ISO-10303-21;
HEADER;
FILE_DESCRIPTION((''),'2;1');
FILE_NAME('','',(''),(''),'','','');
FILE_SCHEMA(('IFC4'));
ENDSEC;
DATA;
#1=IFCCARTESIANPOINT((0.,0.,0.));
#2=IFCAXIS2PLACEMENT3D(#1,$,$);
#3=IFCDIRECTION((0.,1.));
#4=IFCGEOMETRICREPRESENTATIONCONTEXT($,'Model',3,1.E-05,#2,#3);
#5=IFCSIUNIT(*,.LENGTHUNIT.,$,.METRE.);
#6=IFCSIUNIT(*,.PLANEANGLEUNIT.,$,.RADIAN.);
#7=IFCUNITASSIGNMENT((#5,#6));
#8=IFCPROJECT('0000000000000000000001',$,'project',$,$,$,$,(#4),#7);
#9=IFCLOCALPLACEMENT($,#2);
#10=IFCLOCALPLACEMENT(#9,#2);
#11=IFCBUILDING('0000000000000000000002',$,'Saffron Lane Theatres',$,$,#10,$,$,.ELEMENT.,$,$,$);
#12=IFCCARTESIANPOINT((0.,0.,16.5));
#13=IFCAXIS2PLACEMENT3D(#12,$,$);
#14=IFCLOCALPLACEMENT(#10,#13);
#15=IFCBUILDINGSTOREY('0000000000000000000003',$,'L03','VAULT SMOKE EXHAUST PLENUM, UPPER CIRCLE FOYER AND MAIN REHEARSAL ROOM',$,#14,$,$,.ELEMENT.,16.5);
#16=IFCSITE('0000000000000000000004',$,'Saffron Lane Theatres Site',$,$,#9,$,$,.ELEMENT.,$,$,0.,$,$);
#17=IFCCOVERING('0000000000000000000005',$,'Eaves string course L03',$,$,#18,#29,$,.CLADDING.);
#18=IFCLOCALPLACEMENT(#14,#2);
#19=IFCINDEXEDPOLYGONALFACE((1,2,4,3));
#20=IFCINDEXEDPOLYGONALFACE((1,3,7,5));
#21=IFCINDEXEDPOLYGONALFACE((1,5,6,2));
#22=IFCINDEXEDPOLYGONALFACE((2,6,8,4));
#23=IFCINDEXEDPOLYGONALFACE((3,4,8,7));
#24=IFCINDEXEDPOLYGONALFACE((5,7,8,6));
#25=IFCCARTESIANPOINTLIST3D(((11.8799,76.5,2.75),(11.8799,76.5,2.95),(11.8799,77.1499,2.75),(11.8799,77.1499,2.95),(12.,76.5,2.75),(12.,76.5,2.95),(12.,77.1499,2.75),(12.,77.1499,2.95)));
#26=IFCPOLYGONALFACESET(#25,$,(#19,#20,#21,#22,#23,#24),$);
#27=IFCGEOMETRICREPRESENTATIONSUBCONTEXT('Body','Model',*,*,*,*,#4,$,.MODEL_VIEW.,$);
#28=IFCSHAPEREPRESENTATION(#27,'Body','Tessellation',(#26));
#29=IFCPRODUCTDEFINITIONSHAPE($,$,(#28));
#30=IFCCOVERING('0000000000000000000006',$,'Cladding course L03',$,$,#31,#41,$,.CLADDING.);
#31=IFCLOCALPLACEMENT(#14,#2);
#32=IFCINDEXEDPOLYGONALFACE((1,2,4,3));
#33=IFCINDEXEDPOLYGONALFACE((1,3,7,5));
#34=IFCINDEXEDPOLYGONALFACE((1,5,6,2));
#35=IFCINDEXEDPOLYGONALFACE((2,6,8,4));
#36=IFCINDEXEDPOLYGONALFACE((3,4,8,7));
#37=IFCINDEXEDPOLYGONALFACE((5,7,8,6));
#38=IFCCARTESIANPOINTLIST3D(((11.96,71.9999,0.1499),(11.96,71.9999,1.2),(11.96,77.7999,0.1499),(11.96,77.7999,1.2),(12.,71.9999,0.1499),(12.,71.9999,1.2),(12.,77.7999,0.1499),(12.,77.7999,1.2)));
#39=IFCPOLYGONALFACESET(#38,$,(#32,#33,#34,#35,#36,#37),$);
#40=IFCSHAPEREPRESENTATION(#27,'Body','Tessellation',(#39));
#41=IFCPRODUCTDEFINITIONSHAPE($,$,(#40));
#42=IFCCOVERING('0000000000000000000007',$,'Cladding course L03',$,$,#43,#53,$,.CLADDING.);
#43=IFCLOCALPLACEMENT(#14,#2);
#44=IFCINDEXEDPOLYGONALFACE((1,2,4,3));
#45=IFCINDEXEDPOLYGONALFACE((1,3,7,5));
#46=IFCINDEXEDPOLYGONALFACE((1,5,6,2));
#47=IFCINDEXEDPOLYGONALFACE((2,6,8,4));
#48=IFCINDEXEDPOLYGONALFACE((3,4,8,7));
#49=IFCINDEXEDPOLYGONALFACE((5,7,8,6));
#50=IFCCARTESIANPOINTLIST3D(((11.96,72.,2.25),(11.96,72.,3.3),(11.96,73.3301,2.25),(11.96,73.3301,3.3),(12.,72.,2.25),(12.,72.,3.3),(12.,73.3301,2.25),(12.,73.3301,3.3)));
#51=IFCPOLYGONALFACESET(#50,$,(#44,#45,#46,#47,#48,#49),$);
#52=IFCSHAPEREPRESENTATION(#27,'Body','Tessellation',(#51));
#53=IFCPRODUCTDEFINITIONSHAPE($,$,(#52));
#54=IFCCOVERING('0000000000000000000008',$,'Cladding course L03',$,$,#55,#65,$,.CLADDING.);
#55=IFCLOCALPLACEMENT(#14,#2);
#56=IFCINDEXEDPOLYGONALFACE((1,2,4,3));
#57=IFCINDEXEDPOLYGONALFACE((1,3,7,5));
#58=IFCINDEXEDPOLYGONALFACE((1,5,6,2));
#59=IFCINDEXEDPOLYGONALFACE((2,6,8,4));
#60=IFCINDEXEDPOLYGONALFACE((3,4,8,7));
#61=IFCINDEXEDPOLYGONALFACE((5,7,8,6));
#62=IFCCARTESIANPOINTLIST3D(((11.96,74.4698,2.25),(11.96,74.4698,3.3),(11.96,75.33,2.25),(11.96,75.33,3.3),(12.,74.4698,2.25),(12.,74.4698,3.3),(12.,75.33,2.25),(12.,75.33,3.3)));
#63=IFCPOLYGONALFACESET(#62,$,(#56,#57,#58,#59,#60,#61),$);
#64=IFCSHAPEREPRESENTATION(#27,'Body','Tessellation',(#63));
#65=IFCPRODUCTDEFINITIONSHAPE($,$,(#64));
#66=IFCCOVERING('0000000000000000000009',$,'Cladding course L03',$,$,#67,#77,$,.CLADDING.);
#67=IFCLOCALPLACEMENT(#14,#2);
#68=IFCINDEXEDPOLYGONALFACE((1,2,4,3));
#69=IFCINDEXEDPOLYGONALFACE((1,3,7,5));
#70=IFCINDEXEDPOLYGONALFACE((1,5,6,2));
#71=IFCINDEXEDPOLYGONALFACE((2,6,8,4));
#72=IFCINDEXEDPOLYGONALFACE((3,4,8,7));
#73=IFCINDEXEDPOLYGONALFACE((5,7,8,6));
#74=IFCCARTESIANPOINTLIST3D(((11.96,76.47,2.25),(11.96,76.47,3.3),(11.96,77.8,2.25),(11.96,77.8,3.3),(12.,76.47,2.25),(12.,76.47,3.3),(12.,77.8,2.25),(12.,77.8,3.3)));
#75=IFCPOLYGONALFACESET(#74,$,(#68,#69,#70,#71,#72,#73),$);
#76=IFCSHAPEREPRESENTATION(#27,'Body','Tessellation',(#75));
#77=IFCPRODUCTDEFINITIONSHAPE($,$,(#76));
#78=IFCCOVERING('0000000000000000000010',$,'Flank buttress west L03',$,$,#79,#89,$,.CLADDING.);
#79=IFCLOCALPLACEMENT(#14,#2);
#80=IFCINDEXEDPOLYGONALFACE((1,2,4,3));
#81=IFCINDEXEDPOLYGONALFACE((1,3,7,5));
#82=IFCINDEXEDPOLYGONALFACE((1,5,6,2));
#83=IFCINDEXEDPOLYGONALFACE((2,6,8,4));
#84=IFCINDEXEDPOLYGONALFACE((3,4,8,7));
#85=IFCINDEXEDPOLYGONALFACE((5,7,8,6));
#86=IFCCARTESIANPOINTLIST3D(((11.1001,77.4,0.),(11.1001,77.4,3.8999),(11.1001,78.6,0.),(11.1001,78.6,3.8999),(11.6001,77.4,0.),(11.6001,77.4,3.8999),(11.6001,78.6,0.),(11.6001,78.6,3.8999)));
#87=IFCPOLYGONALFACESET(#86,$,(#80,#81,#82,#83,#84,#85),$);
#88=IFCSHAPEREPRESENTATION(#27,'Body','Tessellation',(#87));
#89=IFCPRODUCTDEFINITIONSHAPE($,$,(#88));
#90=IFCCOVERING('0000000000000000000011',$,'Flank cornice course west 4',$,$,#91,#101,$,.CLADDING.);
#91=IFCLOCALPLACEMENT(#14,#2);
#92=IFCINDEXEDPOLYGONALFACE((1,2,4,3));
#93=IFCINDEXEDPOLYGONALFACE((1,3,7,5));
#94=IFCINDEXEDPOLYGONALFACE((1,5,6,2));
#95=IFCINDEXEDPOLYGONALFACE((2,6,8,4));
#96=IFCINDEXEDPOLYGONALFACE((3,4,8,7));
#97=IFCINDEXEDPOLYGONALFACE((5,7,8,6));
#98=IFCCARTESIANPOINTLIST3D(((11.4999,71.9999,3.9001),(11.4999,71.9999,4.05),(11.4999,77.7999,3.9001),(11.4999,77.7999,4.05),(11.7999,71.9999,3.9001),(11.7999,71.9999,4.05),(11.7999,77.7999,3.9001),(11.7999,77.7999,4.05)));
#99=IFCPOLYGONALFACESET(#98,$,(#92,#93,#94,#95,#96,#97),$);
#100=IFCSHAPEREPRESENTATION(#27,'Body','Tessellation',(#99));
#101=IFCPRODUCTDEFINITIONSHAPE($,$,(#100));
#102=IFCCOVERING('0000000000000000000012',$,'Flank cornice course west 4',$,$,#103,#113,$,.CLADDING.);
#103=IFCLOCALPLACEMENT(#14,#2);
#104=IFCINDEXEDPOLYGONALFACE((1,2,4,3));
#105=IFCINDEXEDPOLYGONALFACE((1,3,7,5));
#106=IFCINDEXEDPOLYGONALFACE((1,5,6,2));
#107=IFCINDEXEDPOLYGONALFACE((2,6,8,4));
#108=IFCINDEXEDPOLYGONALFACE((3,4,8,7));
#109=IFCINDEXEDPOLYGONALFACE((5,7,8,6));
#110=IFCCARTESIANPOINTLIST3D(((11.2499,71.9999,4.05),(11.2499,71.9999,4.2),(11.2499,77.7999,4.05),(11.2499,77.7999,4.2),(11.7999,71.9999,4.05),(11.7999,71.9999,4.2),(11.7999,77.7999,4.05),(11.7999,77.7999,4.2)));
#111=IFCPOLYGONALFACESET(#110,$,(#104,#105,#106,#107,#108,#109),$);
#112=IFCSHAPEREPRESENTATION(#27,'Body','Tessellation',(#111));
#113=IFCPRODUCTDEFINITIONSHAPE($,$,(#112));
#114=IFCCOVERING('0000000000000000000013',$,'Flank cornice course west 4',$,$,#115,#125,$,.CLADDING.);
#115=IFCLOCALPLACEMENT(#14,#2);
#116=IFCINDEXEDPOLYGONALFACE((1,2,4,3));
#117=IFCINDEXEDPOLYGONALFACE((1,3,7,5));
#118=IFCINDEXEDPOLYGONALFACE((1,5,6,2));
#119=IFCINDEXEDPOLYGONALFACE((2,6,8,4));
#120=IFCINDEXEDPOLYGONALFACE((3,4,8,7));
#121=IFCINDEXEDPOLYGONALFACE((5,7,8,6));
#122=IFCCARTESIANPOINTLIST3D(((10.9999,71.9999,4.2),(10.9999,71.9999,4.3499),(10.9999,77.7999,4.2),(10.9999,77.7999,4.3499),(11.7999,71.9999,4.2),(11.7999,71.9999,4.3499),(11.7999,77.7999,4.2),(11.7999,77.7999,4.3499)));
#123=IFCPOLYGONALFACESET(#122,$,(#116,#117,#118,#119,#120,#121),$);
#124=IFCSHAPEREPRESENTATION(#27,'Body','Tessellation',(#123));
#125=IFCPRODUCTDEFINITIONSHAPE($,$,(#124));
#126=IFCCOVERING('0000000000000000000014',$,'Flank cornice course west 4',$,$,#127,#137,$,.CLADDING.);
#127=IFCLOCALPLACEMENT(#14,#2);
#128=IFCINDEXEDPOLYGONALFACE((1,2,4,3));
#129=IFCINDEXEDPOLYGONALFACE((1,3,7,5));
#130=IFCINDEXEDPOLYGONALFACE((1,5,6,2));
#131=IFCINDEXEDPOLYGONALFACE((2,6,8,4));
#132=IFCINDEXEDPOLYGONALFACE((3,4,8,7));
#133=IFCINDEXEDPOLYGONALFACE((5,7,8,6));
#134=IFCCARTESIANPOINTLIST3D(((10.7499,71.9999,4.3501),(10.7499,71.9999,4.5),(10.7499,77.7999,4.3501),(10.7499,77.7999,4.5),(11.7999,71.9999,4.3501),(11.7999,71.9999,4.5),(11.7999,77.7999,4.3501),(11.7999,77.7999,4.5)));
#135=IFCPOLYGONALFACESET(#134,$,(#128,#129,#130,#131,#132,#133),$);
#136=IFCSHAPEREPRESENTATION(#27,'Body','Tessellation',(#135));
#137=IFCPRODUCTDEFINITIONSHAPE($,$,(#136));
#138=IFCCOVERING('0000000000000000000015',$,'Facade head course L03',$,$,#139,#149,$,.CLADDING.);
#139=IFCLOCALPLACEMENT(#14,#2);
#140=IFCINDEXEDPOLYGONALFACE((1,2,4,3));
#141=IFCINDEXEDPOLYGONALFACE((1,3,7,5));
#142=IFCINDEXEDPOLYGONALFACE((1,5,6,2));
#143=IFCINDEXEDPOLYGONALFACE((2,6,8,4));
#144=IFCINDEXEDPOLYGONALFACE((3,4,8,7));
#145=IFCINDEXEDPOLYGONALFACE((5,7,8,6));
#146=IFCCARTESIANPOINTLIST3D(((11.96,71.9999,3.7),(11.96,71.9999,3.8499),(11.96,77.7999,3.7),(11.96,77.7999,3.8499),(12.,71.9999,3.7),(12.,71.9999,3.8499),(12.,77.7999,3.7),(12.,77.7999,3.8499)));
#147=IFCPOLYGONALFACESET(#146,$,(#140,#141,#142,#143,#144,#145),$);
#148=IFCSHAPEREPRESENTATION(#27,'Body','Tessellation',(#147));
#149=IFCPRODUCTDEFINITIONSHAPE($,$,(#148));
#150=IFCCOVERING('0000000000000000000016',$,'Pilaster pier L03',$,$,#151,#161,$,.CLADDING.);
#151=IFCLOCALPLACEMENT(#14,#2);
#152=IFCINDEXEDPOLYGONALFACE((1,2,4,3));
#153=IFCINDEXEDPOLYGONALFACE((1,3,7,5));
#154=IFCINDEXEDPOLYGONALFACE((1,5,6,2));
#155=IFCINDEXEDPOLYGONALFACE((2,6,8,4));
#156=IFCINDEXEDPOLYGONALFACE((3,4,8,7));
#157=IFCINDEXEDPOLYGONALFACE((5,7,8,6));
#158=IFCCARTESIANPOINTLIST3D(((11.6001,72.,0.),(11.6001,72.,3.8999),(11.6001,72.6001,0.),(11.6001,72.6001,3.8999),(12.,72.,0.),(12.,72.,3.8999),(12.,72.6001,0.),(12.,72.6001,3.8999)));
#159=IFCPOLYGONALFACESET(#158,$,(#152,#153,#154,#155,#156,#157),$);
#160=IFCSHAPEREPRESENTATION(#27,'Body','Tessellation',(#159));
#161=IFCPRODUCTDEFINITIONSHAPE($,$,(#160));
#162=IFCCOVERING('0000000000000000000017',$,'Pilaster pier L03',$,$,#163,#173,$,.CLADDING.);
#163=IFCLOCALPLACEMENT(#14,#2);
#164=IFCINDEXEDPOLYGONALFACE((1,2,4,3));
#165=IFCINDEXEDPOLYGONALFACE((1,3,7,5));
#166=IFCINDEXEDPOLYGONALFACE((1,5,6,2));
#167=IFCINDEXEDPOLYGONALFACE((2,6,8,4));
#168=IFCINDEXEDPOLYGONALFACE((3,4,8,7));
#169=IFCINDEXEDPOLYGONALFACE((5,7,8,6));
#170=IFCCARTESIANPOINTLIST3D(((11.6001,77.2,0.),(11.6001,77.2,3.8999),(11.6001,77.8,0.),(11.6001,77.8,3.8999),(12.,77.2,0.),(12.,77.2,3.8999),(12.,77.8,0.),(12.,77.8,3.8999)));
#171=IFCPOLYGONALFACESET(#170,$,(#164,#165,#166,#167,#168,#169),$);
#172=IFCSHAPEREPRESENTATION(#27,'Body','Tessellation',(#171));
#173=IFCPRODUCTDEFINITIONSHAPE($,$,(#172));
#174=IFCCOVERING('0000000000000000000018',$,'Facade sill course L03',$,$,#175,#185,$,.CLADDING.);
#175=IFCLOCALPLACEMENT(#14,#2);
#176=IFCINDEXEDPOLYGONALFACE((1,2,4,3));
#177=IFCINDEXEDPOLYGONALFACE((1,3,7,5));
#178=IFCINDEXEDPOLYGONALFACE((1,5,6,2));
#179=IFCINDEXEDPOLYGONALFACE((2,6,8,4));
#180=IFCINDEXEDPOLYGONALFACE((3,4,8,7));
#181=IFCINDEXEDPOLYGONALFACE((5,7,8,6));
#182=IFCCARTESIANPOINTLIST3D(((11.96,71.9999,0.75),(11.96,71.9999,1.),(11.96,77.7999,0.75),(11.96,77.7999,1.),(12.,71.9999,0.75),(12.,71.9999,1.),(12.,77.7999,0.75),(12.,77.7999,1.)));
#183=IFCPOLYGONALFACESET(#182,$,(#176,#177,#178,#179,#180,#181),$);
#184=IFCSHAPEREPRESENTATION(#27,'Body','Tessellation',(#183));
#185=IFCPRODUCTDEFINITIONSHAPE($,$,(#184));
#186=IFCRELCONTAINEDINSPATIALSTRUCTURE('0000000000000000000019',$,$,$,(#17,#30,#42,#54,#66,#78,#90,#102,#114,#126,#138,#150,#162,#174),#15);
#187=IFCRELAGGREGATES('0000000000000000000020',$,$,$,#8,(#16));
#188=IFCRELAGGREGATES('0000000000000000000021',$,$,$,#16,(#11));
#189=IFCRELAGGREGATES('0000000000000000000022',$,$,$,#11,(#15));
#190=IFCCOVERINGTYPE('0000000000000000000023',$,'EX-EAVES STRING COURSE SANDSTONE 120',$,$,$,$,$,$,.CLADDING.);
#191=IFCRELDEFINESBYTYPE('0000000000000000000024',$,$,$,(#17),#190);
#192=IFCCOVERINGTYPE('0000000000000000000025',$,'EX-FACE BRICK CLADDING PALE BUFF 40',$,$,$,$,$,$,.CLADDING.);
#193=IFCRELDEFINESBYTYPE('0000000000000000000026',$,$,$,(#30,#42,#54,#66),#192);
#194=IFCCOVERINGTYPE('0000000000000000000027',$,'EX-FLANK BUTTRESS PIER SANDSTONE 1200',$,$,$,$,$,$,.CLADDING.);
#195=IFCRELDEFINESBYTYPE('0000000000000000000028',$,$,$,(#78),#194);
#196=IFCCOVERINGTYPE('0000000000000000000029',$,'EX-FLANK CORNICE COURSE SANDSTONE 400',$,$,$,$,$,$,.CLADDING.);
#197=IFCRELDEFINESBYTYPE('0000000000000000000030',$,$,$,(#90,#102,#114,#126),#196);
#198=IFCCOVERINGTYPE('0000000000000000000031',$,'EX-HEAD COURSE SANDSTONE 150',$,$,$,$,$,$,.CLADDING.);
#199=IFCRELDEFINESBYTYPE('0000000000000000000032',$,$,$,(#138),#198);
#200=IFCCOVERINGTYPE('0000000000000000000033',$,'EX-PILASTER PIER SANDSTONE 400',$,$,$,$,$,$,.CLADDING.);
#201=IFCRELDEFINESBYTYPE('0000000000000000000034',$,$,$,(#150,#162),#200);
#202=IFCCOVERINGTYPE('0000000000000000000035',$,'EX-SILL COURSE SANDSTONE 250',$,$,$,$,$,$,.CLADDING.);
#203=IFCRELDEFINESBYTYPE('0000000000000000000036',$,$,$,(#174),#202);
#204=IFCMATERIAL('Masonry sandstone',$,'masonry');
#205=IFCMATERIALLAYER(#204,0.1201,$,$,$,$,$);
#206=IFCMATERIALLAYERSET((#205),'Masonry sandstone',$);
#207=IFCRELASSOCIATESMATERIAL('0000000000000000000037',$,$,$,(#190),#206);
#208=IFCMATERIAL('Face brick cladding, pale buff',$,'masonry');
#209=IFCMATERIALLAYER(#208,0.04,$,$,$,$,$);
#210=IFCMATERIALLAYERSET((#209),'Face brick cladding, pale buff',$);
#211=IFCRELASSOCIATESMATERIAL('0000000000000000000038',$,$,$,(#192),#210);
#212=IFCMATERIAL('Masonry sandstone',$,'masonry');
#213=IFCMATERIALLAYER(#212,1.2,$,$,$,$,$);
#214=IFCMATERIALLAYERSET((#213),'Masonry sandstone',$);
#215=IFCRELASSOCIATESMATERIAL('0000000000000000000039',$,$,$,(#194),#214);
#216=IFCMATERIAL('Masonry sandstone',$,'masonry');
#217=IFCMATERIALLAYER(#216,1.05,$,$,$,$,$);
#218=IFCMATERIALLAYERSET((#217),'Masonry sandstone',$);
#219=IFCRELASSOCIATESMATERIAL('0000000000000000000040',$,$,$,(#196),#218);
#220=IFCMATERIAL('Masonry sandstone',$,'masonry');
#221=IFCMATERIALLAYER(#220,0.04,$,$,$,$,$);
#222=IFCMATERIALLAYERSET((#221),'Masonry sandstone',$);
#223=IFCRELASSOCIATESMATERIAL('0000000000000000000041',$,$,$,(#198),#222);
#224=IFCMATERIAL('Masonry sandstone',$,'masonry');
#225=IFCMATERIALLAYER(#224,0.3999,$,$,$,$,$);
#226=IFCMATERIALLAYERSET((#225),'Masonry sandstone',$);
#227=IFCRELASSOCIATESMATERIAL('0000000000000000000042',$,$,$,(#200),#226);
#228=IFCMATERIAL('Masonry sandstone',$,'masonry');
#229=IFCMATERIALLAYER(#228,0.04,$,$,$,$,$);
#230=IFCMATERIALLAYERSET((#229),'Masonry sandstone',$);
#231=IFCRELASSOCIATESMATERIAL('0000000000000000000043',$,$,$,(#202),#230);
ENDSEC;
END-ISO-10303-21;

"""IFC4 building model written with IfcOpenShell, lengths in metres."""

from ifc_helpers import new_model, si_unit, direction, frame, origin, origin_2d, place, context, subcontext, project, spatial, rectangle, extrude, material, layer, layer_set, type_object, element, save


model = new_model("IFC4")

# Units and contexts
model_context = context("Model", 3, precision=1e-05, world=origin(), true_north=direction((0.0, 1.0)))
body_context = subcontext(model_context, "Body", "Model", "MODEL_VIEW")
ifc_project = project(units=[si_unit("LENGTHUNIT", "METRE"), si_unit("PLANEANGLEUNIT", "RADIAN")], contexts=[model_context])

# Site, building, storey
site_placement = place(None, origin())
site = spatial("IfcSite", under=ifc_project, at=site_placement, Name="Saffron Lane Theatres Site", CompositionType="ELEMENT", RefElevation=0.0)
building_placement = place(site_placement, origin())
building = spatial("IfcBuilding", under=site, at=building_placement, Name="Saffron Lane Theatres", CompositionType="ELEMENT")
storey_placement = place(building_placement, frame((0.0, 0.0, 16.5)))
storey = spatial("IfcBuildingStorey", under=building, at=storey_placement, Name="L03", Description="VAULT SMOKE EXHAUST PLENUM, UPPER CIRCLE FOYER AND MAIN REHEARSAL ROOM", CompositionType="ELEMENT", Elevation=16.5)

# Coverings
ifc_material_1 = material(Name="Masonry sandstone", Category="masonry")
ifc_layer_1 = layer(ifc_material_1, 0.1201)
ifc_layer_set_1 = layer_set([ifc_layer_1], Name="Masonry sandstone")
covering_type_1 = type_object("IfcCoveringType", Name="EX-EAVES STRING COURSE SANDSTONE 120", PredefinedType="CLADDING", material=ifc_layer_set_1)
covering_1_placement = place(storey_placement, frame((11.9399, 76.825, 2.75), z_axis=(0.0, 0.0, 1.0), x_axis=(0.0, 1.0, 0.0)))
element("IfcCovering", 1, at=covering_1_placement, inside=storey, type_object=covering_type_1, Name="Eaves string course L03", PredefinedType="CLADDING", context=body_context, shape_type="SweptSolid", body=[
    extrude(rectangle(XDim=0.6499, YDim=0.1201, at=origin_2d()), origin(), (0.0, 0.0, 1.0), 0.2),
])
ifc_material_2 = material(Name="Face brick cladding, pale buff", Category="masonry")
ifc_layer_2 = layer(ifc_material_2, 0.04)
ifc_layer_set_2 = layer_set([ifc_layer_2], Name="Face brick cladding, pale buff")
covering_type_2 = type_object("IfcCoveringType", Name="EX-FACE BRICK CLADDING PALE BUFF 40", PredefinedType="CLADDING", material=ifc_layer_set_2)
covering_2_placement = place(storey_placement, frame((11.98, 74.8999, 0.1499), z_axis=(0.0, 0.0, 1.0), x_axis=(0.0, 1.0, 0.0)))
element("IfcCovering", 2, at=covering_2_placement, inside=storey, type_object=covering_type_2, Name="Cladding course L03", PredefinedType="CLADDING", context=body_context, shape_type="SweptSolid", body=[
    extrude(rectangle(XDim=5.8, YDim=0.04, at=origin_2d()), origin(), (0.0, 0.0, 1.0), 1.05),
])
covering_3_placement = place(storey_placement, frame((11.98, 72.665, 2.25), z_axis=(0.0, 0.0, 1.0), x_axis=(0.0, 1.0, 0.0)))
element("IfcCovering", 3, at=covering_3_placement, inside=storey, type_object=covering_type_2, Name="Cladding course L03", PredefinedType="CLADDING", context=body_context, shape_type="SweptSolid", body=[
    extrude(rectangle(XDim=1.3301, YDim=0.04, at=origin_2d()), origin(), (0.0, 0.0, 1.0), 1.05),
])
covering_4_placement = place(storey_placement, frame((11.98, 74.8999, 2.25), z_axis=(0.0, 0.0, 1.0), x_axis=(0.0, 1.0, 0.0)))
element("IfcCovering", 4, at=covering_4_placement, inside=storey, type_object=covering_type_2, Name="Cladding course L03", PredefinedType="CLADDING", context=body_context, shape_type="SweptSolid", body=[
    extrude(rectangle(XDim=0.8601, YDim=0.04, at=origin_2d()), origin(), (0.0, 0.0, 1.0), 1.05),
])
covering_5_placement = place(storey_placement, frame((11.98, 77.135, 2.25), z_axis=(0.0, 0.0, 1.0), x_axis=(0.0, 1.0, 0.0)))
element("IfcCovering", 5, at=covering_5_placement, inside=storey, type_object=covering_type_2, Name="Cladding course L03", PredefinedType="CLADDING", context=body_context, shape_type="SweptSolid", body=[
    extrude(rectangle(XDim=1.3301, YDim=0.04, at=origin_2d()), origin(), (0.0, 0.0, 1.0), 1.05),
])
ifc_material_3 = material(Name="Masonry sandstone", Category="masonry")
ifc_layer_3 = layer(ifc_material_3, 1.2)
ifc_layer_set_3 = layer_set([ifc_layer_3], Name="Masonry sandstone")
covering_type_3 = type_object("IfcCoveringType", Name="EX-FLANK BUTTRESS PIER SANDSTONE 1200", PredefinedType="CLADDING", material=ifc_layer_set_3)
covering_6_placement = place(storey_placement, frame((11.3501, 78.0, 0.0), z_axis=(0.0, 0.0, 1.0), x_axis=(0.0, 1.0, 0.0)))
element("IfcCovering", 6, at=covering_6_placement, inside=storey, type_object=covering_type_3, Name="Flank buttress west L03", PredefinedType="CLADDING", context=body_context, shape_type="SweptSolid", body=[
    extrude(rectangle(XDim=1.2, YDim=0.5, at=origin_2d()), origin(), (0.0, 0.0, 1.0), 3.8999),
])
ifc_material_4 = material(Name="Masonry sandstone", Category="masonry")
ifc_layer_4 = layer(ifc_material_4, 1.05)
ifc_layer_set_4 = layer_set([ifc_layer_4], Name="Masonry sandstone")
covering_type_4 = type_object("IfcCoveringType", Name="EX-FLANK CORNICE COURSE SANDSTONE 400", PredefinedType="CLADDING", material=ifc_layer_set_4)
covering_7_placement = place(storey_placement, frame((11.6499, 74.8999, 3.9001), z_axis=(0.0, 0.0, 1.0), x_axis=(0.0, 1.0, 0.0)))
element("IfcCovering", 7, at=covering_7_placement, inside=storey, type_object=covering_type_4, Name="Flank cornice course west 4", PredefinedType="CLADDING", context=body_context, shape_type="SweptSolid", body=[
    extrude(rectangle(XDim=5.8, YDim=0.3, at=origin_2d()), origin(), (0.0, 0.0, 1.0), 0.1499),
])
covering_8_placement = place(storey_placement, frame((11.5249, 74.8999, 4.05), z_axis=(0.0, 0.0, 1.0), x_axis=(0.0, 1.0, 0.0)))
element("IfcCovering", 8, at=covering_8_placement, inside=storey, type_object=covering_type_4, Name="Flank cornice course west 4", PredefinedType="CLADDING", context=body_context, shape_type="SweptSolid", body=[
    extrude(rectangle(XDim=5.8, YDim=0.55, at=origin_2d()), origin(), (0.0, 0.0, 1.0), 0.1499),
])
covering_9_placement = place(storey_placement, frame((11.3999, 74.8999, 4.2), z_axis=(0.0, 0.0, 1.0), x_axis=(0.0, 1.0, 0.0)))
element("IfcCovering", 9, at=covering_9_placement, inside=storey, type_object=covering_type_4, Name="Flank cornice course west 4", PredefinedType="CLADDING", context=body_context, shape_type="SweptSolid", body=[
    extrude(rectangle(XDim=5.8, YDim=0.8, at=origin_2d()), origin(), (0.0, 0.0, 1.0), 0.1499),
])
covering_10_placement = place(storey_placement, frame((11.2749, 74.8999, 4.3501), z_axis=(0.0, 0.0, 1.0), x_axis=(0.0, 1.0, 0.0)))
element("IfcCovering", 10, at=covering_10_placement, inside=storey, type_object=covering_type_4, Name="Flank cornice course west 4", PredefinedType="CLADDING", context=body_context, shape_type="SweptSolid", body=[
    extrude(rectangle(XDim=5.8, YDim=1.05, at=origin_2d()), origin(), (0.0, 0.0, 1.0), 0.1499),
])
ifc_material_5 = material(Name="Masonry sandstone", Category="masonry")
ifc_layer_5 = layer(ifc_material_5, 0.04)
ifc_layer_set_5 = layer_set([ifc_layer_5], Name="Masonry sandstone")
covering_type_5 = type_object("IfcCoveringType", Name="EX-HEAD COURSE SANDSTONE 150", PredefinedType="CLADDING", material=ifc_layer_set_5)
covering_11_placement = place(storey_placement, frame((11.98, 74.8999, 3.7), z_axis=(0.0, 0.0, 1.0), x_axis=(0.0, 1.0, 0.0)))
element("IfcCovering", 11, at=covering_11_placement, inside=storey, type_object=covering_type_5, Name="Facade head course L03", PredefinedType="CLADDING", context=body_context, shape_type="SweptSolid", body=[
    extrude(rectangle(XDim=5.8, YDim=0.04, at=origin_2d()), origin(), (0.0, 0.0, 1.0), 0.1499),
])
ifc_material_6 = material(Name="Masonry sandstone", Category="masonry")
ifc_layer_6 = layer(ifc_material_6, 0.3999)
ifc_layer_set_6 = layer_set([ifc_layer_6], Name="Masonry sandstone")
covering_type_6 = type_object("IfcCoveringType", Name="EX-PILASTER PIER SANDSTONE 400", PredefinedType="CLADDING", material=ifc_layer_set_6)
for number, where, z_axis, x_axis, name in (
    (12, (11.8, 72.3, 0.0), (0.0, 0.0, 1.0), (0.0, 1.0, 0.0), "Pilaster pier L03"),
    (13, (11.8, 77.5, 0.0), (0.0, 0.0, 1.0), (0.0, 1.0, 0.0), "Pilaster pier L03"),
):
    element("IfcCovering", number, at=place(storey_placement, frame(where, z_axis=z_axis, x_axis=x_axis)), inside=storey, type_object=covering_type_6, Name=name, PredefinedType="CLADDING", context=body_context, shape_type="SweptSolid", body=[
        extrude(rectangle(XDim=0.6001, YDim=0.3999, at=origin_2d()), origin(), (0.0, 0.0, 1.0), 3.8999),
    ])
ifc_material_7 = material(Name="Masonry sandstone", Category="masonry")
ifc_layer_7 = layer(ifc_material_7, 0.04)
ifc_layer_set_7 = layer_set([ifc_layer_7], Name="Masonry sandstone")
covering_type_7 = type_object("IfcCoveringType", Name="EX-SILL COURSE SANDSTONE 250", PredefinedType="CLADDING", material=ifc_layer_set_7)
covering_12_placement = place(storey_placement, frame((11.98, 74.8999, 0.75), z_axis=(0.0, 0.0, 1.0), x_axis=(0.0, 1.0, 0.0)))
element("IfcCovering", 14, at=covering_12_placement, inside=storey, type_object=covering_type_7, Name="Facade sill course L03", PredefinedType="CLADDING", context=body_context, shape_type="SweptSolid", body=[
    extrude(rectangle(XDim=5.8, YDim=0.04, at=origin_2d()), origin(), (0.0, 0.0, 1.0), 0.25),
])

save(model, "model.ifc")
